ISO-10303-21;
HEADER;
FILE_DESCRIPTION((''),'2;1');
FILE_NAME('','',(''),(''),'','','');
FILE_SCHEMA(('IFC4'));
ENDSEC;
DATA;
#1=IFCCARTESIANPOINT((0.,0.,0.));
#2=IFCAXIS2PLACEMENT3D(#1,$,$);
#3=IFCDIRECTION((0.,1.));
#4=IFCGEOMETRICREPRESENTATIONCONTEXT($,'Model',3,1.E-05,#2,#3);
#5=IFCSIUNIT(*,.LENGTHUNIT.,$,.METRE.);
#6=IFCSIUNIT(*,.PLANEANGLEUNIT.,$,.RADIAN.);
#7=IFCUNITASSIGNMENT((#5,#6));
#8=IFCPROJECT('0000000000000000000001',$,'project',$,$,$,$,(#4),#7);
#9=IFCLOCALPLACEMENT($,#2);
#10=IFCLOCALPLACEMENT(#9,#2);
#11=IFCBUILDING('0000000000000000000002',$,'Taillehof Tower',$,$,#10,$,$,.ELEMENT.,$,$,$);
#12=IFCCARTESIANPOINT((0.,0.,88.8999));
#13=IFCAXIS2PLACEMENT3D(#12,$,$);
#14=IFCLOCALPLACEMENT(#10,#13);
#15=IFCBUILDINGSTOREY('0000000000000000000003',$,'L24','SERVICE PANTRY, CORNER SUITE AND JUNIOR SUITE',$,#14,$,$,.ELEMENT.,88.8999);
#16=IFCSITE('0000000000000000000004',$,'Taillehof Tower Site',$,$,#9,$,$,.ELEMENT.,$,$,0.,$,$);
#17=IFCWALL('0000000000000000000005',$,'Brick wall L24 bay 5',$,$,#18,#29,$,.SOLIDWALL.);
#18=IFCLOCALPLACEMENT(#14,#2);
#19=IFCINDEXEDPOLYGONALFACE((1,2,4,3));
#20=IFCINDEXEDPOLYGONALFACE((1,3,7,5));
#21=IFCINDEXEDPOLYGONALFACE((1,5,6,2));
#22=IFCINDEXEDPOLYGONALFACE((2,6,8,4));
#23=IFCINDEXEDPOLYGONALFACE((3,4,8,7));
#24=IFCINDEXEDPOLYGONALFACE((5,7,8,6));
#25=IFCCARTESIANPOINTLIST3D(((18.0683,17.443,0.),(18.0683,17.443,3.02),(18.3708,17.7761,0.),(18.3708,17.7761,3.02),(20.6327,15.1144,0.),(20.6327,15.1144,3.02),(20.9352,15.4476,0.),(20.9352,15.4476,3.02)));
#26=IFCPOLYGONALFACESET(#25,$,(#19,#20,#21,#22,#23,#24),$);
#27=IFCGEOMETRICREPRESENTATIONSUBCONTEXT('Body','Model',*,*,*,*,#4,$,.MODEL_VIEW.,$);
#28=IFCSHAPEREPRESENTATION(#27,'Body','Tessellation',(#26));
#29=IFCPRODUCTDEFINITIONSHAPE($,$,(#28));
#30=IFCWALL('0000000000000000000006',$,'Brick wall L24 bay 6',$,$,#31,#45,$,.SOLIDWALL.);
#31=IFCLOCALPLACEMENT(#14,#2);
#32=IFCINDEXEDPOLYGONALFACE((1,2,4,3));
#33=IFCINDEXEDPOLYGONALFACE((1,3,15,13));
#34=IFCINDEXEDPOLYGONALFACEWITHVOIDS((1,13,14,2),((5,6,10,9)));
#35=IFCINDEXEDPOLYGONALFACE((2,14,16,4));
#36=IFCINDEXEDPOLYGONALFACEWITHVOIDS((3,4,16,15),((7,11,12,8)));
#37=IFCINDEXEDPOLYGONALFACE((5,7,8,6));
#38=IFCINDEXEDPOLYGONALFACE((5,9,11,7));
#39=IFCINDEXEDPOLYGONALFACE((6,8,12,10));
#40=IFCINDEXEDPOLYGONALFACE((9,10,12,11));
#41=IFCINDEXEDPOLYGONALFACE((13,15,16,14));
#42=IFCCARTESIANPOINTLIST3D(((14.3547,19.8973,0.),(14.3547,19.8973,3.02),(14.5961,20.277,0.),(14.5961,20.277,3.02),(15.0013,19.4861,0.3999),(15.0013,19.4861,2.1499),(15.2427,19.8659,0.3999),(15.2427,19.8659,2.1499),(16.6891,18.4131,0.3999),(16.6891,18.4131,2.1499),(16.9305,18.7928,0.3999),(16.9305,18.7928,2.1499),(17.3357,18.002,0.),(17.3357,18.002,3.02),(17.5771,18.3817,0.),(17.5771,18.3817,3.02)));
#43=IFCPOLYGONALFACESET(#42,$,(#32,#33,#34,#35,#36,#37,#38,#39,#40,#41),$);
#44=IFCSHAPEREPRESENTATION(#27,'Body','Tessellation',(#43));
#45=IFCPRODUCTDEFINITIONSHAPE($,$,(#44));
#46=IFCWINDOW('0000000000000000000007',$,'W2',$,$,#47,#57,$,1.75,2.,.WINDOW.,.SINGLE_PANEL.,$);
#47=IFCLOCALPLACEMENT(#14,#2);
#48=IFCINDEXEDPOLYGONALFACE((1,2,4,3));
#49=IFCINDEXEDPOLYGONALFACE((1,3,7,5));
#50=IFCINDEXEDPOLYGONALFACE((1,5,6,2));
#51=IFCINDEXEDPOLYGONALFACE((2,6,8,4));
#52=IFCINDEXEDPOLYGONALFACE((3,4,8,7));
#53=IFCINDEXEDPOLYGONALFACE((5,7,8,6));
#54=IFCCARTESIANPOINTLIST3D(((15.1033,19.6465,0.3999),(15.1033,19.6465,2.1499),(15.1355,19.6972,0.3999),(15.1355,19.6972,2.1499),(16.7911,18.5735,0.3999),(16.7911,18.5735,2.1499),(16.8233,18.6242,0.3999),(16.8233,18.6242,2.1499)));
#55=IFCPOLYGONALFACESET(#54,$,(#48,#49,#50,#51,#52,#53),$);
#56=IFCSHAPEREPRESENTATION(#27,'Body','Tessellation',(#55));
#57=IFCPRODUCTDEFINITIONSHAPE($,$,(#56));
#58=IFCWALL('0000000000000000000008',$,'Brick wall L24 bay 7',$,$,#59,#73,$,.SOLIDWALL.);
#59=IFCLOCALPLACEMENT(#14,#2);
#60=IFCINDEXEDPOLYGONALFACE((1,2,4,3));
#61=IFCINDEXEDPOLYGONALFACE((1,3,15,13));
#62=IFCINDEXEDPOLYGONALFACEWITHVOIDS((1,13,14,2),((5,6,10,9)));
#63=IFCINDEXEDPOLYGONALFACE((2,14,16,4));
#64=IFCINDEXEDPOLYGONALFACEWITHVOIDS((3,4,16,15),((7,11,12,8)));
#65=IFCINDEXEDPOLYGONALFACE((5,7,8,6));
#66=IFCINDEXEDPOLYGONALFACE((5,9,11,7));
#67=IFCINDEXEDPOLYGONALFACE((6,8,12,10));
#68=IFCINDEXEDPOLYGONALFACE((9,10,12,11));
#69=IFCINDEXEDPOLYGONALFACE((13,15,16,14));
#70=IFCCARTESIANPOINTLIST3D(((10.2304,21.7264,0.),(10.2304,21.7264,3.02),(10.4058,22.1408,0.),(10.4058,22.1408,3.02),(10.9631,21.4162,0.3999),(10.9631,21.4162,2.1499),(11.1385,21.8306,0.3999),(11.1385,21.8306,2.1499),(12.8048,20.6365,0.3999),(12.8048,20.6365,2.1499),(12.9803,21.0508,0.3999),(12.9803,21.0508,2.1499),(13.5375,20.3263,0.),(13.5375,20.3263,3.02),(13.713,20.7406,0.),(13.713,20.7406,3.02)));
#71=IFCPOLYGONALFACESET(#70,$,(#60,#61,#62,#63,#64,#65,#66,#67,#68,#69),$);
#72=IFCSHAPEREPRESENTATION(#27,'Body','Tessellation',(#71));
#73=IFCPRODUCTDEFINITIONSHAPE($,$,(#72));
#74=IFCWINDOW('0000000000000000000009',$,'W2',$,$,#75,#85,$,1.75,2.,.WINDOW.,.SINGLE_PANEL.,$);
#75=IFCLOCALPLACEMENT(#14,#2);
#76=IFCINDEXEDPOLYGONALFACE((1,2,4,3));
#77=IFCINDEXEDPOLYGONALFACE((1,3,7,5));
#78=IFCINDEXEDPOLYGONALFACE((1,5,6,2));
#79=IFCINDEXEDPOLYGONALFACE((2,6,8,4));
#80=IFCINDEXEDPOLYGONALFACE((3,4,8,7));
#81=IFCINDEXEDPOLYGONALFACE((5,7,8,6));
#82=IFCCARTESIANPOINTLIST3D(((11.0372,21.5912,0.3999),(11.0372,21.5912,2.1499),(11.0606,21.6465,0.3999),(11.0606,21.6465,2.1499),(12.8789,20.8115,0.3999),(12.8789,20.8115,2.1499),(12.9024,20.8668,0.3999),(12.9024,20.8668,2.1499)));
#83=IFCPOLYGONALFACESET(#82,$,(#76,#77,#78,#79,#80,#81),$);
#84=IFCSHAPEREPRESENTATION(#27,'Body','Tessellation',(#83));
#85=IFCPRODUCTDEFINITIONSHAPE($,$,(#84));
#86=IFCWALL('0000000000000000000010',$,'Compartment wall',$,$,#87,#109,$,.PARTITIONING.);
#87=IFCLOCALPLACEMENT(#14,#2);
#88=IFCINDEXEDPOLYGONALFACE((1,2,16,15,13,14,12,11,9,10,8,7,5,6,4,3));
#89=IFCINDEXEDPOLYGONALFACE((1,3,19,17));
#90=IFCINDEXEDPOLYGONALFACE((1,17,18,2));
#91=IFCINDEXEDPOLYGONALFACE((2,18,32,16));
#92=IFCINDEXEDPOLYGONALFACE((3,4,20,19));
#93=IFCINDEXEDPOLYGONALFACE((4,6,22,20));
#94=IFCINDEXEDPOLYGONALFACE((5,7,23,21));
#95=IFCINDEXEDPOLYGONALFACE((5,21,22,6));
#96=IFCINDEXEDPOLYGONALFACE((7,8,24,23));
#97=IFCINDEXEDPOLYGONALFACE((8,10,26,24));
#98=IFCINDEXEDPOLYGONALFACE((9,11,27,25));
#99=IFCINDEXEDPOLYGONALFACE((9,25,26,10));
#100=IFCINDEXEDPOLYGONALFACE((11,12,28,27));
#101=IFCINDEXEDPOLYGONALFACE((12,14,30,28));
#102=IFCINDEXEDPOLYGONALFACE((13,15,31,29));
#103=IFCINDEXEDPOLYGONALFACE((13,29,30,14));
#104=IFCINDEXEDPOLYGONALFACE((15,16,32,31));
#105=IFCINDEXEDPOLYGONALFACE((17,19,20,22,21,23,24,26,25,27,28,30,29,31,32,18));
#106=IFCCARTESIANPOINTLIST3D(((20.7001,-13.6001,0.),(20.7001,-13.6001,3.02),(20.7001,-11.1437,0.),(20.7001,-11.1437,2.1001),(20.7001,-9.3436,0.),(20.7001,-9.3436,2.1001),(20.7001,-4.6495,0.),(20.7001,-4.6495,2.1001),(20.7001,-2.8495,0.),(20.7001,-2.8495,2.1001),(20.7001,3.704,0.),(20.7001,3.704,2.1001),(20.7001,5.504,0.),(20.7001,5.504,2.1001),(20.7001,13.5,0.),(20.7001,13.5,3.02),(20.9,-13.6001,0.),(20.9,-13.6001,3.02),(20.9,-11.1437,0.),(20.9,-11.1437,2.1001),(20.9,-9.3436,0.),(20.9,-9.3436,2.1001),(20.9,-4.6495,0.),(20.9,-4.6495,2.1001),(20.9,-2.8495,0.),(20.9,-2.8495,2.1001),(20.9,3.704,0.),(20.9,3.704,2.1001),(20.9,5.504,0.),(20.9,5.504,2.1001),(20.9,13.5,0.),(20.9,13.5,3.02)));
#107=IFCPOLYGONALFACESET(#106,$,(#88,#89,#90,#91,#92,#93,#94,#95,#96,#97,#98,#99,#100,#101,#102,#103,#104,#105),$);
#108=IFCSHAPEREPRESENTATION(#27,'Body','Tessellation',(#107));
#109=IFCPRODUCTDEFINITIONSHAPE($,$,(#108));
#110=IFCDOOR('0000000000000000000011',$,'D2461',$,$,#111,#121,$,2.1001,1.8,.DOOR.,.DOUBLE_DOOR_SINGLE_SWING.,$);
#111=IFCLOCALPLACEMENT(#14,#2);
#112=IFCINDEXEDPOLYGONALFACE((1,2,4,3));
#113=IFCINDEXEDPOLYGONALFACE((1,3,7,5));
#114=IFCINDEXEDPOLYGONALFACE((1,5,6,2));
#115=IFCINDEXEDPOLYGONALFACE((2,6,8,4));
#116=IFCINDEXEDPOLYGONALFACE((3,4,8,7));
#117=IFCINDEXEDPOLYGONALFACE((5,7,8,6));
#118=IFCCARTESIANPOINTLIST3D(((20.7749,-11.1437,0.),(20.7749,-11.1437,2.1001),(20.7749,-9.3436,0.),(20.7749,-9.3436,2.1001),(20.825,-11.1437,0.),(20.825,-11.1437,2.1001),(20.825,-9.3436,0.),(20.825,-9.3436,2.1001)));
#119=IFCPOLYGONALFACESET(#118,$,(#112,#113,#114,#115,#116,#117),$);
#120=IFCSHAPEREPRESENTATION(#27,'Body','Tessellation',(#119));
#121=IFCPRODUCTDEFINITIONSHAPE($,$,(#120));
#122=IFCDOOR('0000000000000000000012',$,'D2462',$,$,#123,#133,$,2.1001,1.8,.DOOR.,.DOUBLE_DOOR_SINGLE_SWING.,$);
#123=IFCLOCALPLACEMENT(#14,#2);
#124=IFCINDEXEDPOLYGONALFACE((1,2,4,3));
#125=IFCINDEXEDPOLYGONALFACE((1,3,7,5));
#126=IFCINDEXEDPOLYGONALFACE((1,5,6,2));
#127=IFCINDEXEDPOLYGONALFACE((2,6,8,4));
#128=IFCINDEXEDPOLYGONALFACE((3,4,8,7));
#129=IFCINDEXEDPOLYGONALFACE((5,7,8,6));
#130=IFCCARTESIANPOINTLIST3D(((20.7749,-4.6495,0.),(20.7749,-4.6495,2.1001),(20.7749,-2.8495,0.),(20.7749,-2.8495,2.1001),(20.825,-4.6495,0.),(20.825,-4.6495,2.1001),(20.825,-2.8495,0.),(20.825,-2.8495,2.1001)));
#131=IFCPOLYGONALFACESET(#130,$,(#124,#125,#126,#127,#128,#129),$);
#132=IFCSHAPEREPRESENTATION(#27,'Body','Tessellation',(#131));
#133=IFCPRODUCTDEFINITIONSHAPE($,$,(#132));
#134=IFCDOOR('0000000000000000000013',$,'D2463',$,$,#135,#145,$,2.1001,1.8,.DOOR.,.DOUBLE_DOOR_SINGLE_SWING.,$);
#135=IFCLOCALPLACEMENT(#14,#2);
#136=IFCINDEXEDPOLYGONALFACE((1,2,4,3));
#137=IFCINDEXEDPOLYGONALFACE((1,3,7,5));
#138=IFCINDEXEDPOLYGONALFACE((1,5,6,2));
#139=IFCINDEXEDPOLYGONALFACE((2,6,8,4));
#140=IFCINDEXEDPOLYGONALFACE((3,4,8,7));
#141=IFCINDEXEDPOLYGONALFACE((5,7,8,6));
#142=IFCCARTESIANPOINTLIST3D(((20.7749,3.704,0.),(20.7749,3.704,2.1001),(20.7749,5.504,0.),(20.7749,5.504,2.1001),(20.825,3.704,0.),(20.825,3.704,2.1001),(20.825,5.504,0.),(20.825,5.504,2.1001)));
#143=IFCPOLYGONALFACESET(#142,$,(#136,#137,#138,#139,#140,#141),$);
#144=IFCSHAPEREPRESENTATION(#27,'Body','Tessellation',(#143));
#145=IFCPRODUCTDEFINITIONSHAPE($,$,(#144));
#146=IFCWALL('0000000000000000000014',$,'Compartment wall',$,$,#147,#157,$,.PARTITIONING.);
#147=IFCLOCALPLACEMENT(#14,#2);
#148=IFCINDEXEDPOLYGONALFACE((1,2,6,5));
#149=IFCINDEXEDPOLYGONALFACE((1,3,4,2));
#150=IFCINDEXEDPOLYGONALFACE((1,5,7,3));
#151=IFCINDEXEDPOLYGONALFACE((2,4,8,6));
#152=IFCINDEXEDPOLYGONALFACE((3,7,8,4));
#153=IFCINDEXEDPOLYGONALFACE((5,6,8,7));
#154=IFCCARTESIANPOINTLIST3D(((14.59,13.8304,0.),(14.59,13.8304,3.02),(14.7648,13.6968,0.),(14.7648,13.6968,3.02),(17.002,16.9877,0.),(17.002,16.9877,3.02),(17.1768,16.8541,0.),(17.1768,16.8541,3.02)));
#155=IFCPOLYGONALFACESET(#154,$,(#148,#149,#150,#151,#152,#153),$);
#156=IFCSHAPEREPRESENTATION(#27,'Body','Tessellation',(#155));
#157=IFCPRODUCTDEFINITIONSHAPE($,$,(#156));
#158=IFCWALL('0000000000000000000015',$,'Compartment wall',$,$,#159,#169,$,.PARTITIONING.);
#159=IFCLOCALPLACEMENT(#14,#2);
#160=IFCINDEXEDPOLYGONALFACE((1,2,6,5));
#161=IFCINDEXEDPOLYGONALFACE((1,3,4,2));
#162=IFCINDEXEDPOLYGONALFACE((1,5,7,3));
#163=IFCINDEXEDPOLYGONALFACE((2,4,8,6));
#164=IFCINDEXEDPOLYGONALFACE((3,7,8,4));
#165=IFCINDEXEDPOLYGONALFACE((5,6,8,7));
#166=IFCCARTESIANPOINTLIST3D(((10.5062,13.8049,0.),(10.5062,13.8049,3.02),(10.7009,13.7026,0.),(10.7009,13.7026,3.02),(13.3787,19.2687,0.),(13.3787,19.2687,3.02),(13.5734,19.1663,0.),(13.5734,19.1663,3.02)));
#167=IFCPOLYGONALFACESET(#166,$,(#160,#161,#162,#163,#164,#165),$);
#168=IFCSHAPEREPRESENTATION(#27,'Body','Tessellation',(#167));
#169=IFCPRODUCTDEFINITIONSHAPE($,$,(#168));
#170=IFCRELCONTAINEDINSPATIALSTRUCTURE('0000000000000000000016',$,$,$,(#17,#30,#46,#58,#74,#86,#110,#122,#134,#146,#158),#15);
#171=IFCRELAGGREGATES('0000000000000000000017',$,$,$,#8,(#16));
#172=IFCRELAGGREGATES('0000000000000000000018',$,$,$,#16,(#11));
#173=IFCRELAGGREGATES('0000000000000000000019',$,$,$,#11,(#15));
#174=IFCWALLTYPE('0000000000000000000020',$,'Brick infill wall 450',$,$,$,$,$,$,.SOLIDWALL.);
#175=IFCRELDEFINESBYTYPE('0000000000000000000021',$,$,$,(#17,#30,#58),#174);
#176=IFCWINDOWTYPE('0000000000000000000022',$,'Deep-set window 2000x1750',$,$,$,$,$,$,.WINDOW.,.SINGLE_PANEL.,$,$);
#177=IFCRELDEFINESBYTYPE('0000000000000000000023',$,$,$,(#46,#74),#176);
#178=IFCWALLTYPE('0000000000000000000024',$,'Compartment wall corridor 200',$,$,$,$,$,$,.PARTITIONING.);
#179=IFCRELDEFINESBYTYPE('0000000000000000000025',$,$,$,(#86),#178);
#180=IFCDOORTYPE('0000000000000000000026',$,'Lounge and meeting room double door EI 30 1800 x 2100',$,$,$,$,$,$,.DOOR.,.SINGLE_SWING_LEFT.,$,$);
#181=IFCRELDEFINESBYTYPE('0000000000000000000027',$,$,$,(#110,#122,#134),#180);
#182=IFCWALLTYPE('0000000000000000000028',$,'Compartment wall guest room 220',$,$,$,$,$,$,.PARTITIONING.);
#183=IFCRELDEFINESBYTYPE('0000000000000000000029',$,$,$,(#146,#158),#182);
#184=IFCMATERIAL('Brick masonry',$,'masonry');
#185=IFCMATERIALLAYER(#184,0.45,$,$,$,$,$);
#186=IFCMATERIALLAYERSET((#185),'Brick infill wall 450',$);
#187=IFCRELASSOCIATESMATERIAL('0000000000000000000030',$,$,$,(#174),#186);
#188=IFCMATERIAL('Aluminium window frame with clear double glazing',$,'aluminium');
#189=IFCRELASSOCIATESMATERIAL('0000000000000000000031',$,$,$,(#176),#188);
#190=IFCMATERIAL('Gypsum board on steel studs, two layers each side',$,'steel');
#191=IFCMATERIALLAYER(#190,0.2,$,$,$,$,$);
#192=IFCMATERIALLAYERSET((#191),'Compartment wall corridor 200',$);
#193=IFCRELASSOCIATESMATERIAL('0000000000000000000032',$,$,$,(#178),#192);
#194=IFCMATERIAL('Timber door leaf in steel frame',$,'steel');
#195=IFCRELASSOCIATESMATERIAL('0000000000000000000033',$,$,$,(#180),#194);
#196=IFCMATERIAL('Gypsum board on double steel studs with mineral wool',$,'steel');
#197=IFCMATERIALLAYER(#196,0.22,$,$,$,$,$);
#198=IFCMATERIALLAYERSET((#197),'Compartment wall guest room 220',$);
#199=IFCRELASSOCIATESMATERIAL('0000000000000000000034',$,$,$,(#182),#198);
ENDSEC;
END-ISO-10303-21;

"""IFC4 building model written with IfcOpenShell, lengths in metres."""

from ifc_helpers import new_model, si_unit, direction, frame, frame_2d, origin, place, context, subcontext, project, spatial, rectangle, extrude, material, layer, layer_set, type_object, element, fill, save


model = new_model("IFC4")

# Units and contexts
model_context = context("Model", 3, precision=1e-05, world=origin(), true_north=direction((0.0, 1.0)))
body_context = subcontext(model_context, "Body", "Model", "MODEL_VIEW")
ifc_project = project(units=[si_unit("LENGTHUNIT", "METRE"), si_unit("PLANEANGLEUNIT", "RADIAN")], contexts=[model_context])

# Site, building, storey
site_placement = place(None, origin())
site = spatial("IfcSite", under=ifc_project, at=site_placement, Name="Taillehof Tower Site", CompositionType="ELEMENT", RefElevation=0.0)
building_placement = place(site_placement, origin())
building = spatial("IfcBuilding", under=site, at=building_placement, Name="Taillehof Tower", CompositionType="ELEMENT")
storey_placement = place(building_placement, frame((0.0, 0.0, 88.8999)))
storey = spatial("IfcBuildingStorey", under=building, at=storey_placement, Name="L24", Description="SERVICE PANTRY, CORNER SUITE AND JUNIOR SUITE", CompositionType="ELEMENT", Elevation=88.8999)

# Shared definitions
ifc_material_1 = material(Name="Brick masonry", Category="masonry")
ifc_layer_1 = layer(ifc_material_1, 0.45)
ifc_layer_set_1 = layer_set([ifc_layer_1], Name="Brick infill wall 450")
wall_type_1 = type_object("IfcWallType", Name="Brick infill wall 450", PredefinedType="SOLIDWALL", material=ifc_layer_set_1)

# Wall
wall_1_placement = place(storey_placement, frame((20.7839, 15.281, 0.0), z_axis=(0.0, 0.0, 1.0), x_axis=(-0.740329, 0.672245, 0.0)))
element("IfcWall", 1, at=wall_1_placement, inside=storey, type_object=wall_type_1, Name="Brick wall L24 bay 5", PredefinedType="SOLIDWALL", context=body_context, shape_type="SweptSolid", body=[
    extrude(rectangle(XDim=3.4639, YDim=0.45, at=frame_2d((1.7319, 0.0))), origin(), (0.0, 0.0, 1.0), 3.02),
])

# Walls, openings, windows
wall_2_placement = place(storey_placement, frame((17.4563, 18.1919, 0.0), z_axis=(0.0, 0.0, 1.0), x_axis=(-0.843881, 0.536531, 0.0)))
wall_2 = element("IfcWall", 2, at=wall_2_placement, inside=storey, type_object=wall_type_1, Name="Brick wall L24 bay 6", PredefinedType="SOLIDWALL", context=body_context, shape_type="SweptSolid", body=[
    extrude(rectangle(XDim=3.5325, YDim=0.45, at=frame_2d((1.7661, 0.0))), origin(), (0.0, 0.0, 1.0), 3.02),
])
opening_1_placement = place(wall_2_placement, frame((0.7661, 0.0, 0.3999)))
opening_1 = element("IfcOpeningElement", 3, at=opening_1_placement, cuts=wall_2, PredefinedType="OPENING", context=body_context, shape_type="SweptSolid", body=[
    extrude(rectangle(XDim=2.0, YDim=1.75, at=frame_2d((1.0, 0.875))), frame((0.0, 0.2349, 0.0), z_axis=(0.0, -1.0, 0.0), x_axis=(1.0, 0.0, 0.0)), (0.0, 0.0, 1.0), 0.47),
])
ifc_material_2 = material(Name="Aluminium window frame with clear double glazing", Category="aluminium")
window_type_1 = type_object("IfcWindowType", Name="Deep-set window 2000x1750", PartitioningType="SINGLE_PANEL", PredefinedType="WINDOW", material=ifc_material_2)
window_1_placement = place(opening_1_placement, origin())
window_1 = element("IfcWindow", 4, at=window_1_placement, inside=storey, type_object=window_type_1, Name="W2", OverallHeight=1.75, OverallWidth=2.0, PartitioningType="SINGLE_PANEL", PredefinedType="WINDOW", context=body_context, shape_type="SweptSolid", body=[
    extrude(rectangle(XDim=2.0, YDim=1.75, at=frame_2d((1.0, 0.875))), frame((0.0, 0.0349, 0.0), z_axis=(0.0, -1.0, 0.0), x_axis=(1.0, 0.0, 0.0)), (0.0, 0.0, 1.0), 0.0601),
])
fill(opening_1, window_1)
wall_3_placement = place(storey_placement, frame((13.6252, 20.5334, 0.0), z_axis=(0.0, 0.0, 1.0), x_axis=(-0.92087, 0.389871, 0.0)))
wall_3 = element("IfcWall", 5, at=wall_3_placement, inside=storey, type_object=wall_type_1, Name="Brick wall L24 bay 7", PredefinedType="SOLIDWALL", context=body_context, shape_type="SweptSolid", body=[
    extrude(rectangle(XDim=3.5913, YDim=0.45, at=frame_2d((1.7957, 0.0))), origin(), (0.0, 0.0, 1.0), 3.02),
])
opening_2_placement = place(wall_3_placement, frame((0.7957, 0.0, 0.3999)))
opening_2 = element("IfcOpeningElement", 6, at=opening_2_placement, cuts=wall_3, PredefinedType="OPENING", context=body_context, shape_type="SweptSolid", body=[
    extrude(rectangle(XDim=2.0, YDim=1.75, at=frame_2d((1.0, 0.875))), frame((0.0, 0.2349, 0.0), z_axis=(0.0, -1.0, 0.0), x_axis=(1.0, 0.0, 0.0)), (0.0, 0.0, 1.0), 0.47),
])
window_2_placement = place(opening_2_placement, origin())
window_2 = element("IfcWindow", 7, at=window_2_placement, inside=storey, type_object=window_type_1, Name="W2", OverallHeight=1.75, OverallWidth=2.0, PartitioningType="SINGLE_PANEL", PredefinedType="WINDOW", context=body_context, shape_type="SweptSolid", body=[
    extrude(rectangle(XDim=2.0, YDim=1.75, at=frame_2d((1.0, 0.875))), frame((0.0, 0.0349, 0.0), z_axis=(0.0, -1.0, 0.0), x_axis=(1.0, 0.0, 0.0)), (0.0, 0.0, 1.0), 0.0601),
])
fill(opening_2, window_2)

# Wall, openings, doors
ifc_material_3 = material(Name="Gypsum board on steel studs, two layers each side", Category="steel")
ifc_layer_2 = layer(ifc_material_3, 0.2)
ifc_layer_set_2 = layer_set([ifc_layer_2], Name="Compartment wall corridor 200")
wall_type_2 = type_object("IfcWallType", Name="Compartment wall corridor 200", PredefinedType="PARTITIONING", material=ifc_layer_set_2)
wall_4_placement = place(storey_placement, frame((20.8, 13.5, 0.0), z_axis=(0.0, 0.0, 1.0), x_axis=(0.0, -1.0, 0.0)))
wall_4 = element("IfcWall", 8, at=wall_4_placement, inside=storey, type_object=wall_type_2, Name="Compartment wall", PredefinedType="PARTITIONING", context=body_context, shape_type="SweptSolid", body=[
    extrude(rectangle(XDim=27.1001, YDim=0.2, at=frame_2d((13.55, 0.0))), origin(), (0.0, 0.0, 1.0), 3.02),
])
opening_3_placement = place(wall_4_placement, frame((22.8438, 0.0, 0.0)))
opening_3 = element("IfcOpeningElement", 9, at=opening_3_placement, cuts=wall_4, PredefinedType="OPENING", context=body_context, shape_type="SweptSolid", body=[
    extrude(rectangle(XDim=1.8, YDim=2.1001, at=frame_2d((0.8999, 1.05))), frame((0.0, 0.1099, 0.0), z_axis=(0.0, -1.0, 0.0), x_axis=(1.0, 0.0, 0.0)), (0.0, 0.0, 1.0), 0.22),
])
opening_4_placement = place(wall_4_placement, frame((16.3496, 0.0, 0.0)))
opening_4 = element("IfcOpeningElement", 10, at=opening_4_placement, cuts=wall_4, PredefinedType="OPENING", context=body_context, shape_type="SweptSolid", body=[
    extrude(rectangle(XDim=1.8, YDim=2.1001, at=frame_2d((0.8999, 1.05))), frame((0.0, 0.1099, 0.0), z_axis=(0.0, -1.0, 0.0), x_axis=(1.0, 0.0, 0.0)), (0.0, 0.0, 1.0), 0.22),
])
opening_5_placement = place(wall_4_placement, frame((7.9961, 0.0, 0.0)))
opening_5 = element("IfcOpeningElement", 11, at=opening_5_placement, cuts=wall_4, PredefinedType="OPENING", context=body_context, shape_type="SweptSolid", body=[
    extrude(rectangle(XDim=1.8, YDim=2.1001, at=frame_2d((0.8999, 1.05))), frame((0.0, 0.1099, 0.0), z_axis=(0.0, -1.0, 0.0), x_axis=(1.0, 0.0, 0.0)), (0.0, 0.0, 1.0), 0.22),
])
ifc_material_4 = material(Name="Timber door leaf in steel frame", Category="steel")
door_type_1 = type_object("IfcDoorType", Name="Lounge and meeting room double door EI 30 1800 x 2100", OperationType="SINGLE_SWING_LEFT", PredefinedType="DOOR", material=ifc_material_4)
door_1_placement = place(opening_3_placement, origin())
door_1 = element("IfcDoor", 12, at=door_1_placement, inside=storey, type_object=door_type_1, Name="D2461", OperationType="DOUBLE_DOOR_SINGLE_SWING", OverallHeight=2.1001, OverallWidth=1.8, PredefinedType="DOOR", context=body_context, shape_type="SweptSolid", body=[
    extrude(rectangle(XDim=1.8, YDim=2.1001, at=frame_2d((0.8999, 1.05))), frame((0.0, 0.0249, 0.0), z_axis=(0.0, -1.0, 0.0), x_axis=(1.0, 0.0, 0.0)), (0.0, 0.0, 1.0), 0.05),
])
fill(opening_3, door_1)
door_2_placement = place(opening_4_placement, origin())
door_2 = element("IfcDoor", 13, at=door_2_placement, inside=storey, type_object=door_type_1, Name="D2462", OperationType="DOUBLE_DOOR_SINGLE_SWING", OverallHeight=2.1001, OverallWidth=1.8, PredefinedType="DOOR", context=body_context, shape_type="SweptSolid", body=[
    extrude(rectangle(XDim=1.8, YDim=2.1001, at=frame_2d((0.8999, 1.05))), frame((0.0, 0.0249, 0.0), z_axis=(0.0, -1.0, 0.0), x_axis=(1.0, 0.0, 0.0)), (0.0, 0.0, 1.0), 0.05),
])
fill(opening_4, door_2)
door_3_placement = place(opening_5_placement, origin())
door_3 = element("IfcDoor", 14, at=door_3_placement, inside=storey, type_object=door_type_1, Name="D2463", OperationType="DOUBLE_DOOR_SINGLE_SWING", OverallHeight=2.1001, OverallWidth=1.8, PredefinedType="DOOR", context=body_context, shape_type="SweptSolid", body=[
    extrude(rectangle(XDim=1.8, YDim=2.1001, at=frame_2d((0.8999, 1.05))), frame((0.0, 0.0249, 0.0), z_axis=(0.0, -1.0, 0.0), x_axis=(1.0, 0.0, 0.0)), (0.0, 0.0, 1.0), 0.05),
])
fill(opening_5, door_3)

# Walls
ifc_material_5 = material(Name="Gypsum board on double steel studs with mineral wool", Category="steel")
ifc_layer_3 = layer(ifc_material_5, 0.22)
ifc_layer_set_3 = layer_set([ifc_layer_3], Name="Compartment wall guest room 220")
wall_type_3 = type_object("IfcWallType", Name="Compartment wall guest room 220", PredefinedType="PARTITIONING", material=ifc_layer_set_3)
wall_5_placement = place(storey_placement, frame((17.0894, 16.9209, 0.0), z_axis=(0.0, 0.0, 1.0), x_axis=(-0.607055, -0.794659, 0.0)))
element("IfcWall", 15, at=wall_5_placement, inside=storey, type_object=wall_type_3, Name="Compartment wall", PredefinedType="PARTITIONING", context=body_context, shape_type="SweptSolid", body=[
    extrude(rectangle(XDim=3.9731, YDim=0.22, at=frame_2d((1.9866, 0.0))), origin(), (0.0, 0.0, 1.0), 3.02),
])
wall_6_placement = place(storey_placement, frame((13.4761, 19.2175, 0.0), z_axis=(0.0, 0.0, 1.0), x_axis=(-0.465345, -0.885129, 0.0)))
element("IfcWall", 16, at=wall_6_placement, inside=storey, type_object=wall_type_3, Name="Compartment wall", PredefinedType="PARTITIONING", context=body_context, shape_type="SweptSolid", body=[
    extrude(rectangle(XDim=6.1729, YDim=0.22, at=frame_2d((3.0864, 0.0))), origin(), (0.0, 0.0, 1.0), 3.02),
])

save(model, "model.ifc")
